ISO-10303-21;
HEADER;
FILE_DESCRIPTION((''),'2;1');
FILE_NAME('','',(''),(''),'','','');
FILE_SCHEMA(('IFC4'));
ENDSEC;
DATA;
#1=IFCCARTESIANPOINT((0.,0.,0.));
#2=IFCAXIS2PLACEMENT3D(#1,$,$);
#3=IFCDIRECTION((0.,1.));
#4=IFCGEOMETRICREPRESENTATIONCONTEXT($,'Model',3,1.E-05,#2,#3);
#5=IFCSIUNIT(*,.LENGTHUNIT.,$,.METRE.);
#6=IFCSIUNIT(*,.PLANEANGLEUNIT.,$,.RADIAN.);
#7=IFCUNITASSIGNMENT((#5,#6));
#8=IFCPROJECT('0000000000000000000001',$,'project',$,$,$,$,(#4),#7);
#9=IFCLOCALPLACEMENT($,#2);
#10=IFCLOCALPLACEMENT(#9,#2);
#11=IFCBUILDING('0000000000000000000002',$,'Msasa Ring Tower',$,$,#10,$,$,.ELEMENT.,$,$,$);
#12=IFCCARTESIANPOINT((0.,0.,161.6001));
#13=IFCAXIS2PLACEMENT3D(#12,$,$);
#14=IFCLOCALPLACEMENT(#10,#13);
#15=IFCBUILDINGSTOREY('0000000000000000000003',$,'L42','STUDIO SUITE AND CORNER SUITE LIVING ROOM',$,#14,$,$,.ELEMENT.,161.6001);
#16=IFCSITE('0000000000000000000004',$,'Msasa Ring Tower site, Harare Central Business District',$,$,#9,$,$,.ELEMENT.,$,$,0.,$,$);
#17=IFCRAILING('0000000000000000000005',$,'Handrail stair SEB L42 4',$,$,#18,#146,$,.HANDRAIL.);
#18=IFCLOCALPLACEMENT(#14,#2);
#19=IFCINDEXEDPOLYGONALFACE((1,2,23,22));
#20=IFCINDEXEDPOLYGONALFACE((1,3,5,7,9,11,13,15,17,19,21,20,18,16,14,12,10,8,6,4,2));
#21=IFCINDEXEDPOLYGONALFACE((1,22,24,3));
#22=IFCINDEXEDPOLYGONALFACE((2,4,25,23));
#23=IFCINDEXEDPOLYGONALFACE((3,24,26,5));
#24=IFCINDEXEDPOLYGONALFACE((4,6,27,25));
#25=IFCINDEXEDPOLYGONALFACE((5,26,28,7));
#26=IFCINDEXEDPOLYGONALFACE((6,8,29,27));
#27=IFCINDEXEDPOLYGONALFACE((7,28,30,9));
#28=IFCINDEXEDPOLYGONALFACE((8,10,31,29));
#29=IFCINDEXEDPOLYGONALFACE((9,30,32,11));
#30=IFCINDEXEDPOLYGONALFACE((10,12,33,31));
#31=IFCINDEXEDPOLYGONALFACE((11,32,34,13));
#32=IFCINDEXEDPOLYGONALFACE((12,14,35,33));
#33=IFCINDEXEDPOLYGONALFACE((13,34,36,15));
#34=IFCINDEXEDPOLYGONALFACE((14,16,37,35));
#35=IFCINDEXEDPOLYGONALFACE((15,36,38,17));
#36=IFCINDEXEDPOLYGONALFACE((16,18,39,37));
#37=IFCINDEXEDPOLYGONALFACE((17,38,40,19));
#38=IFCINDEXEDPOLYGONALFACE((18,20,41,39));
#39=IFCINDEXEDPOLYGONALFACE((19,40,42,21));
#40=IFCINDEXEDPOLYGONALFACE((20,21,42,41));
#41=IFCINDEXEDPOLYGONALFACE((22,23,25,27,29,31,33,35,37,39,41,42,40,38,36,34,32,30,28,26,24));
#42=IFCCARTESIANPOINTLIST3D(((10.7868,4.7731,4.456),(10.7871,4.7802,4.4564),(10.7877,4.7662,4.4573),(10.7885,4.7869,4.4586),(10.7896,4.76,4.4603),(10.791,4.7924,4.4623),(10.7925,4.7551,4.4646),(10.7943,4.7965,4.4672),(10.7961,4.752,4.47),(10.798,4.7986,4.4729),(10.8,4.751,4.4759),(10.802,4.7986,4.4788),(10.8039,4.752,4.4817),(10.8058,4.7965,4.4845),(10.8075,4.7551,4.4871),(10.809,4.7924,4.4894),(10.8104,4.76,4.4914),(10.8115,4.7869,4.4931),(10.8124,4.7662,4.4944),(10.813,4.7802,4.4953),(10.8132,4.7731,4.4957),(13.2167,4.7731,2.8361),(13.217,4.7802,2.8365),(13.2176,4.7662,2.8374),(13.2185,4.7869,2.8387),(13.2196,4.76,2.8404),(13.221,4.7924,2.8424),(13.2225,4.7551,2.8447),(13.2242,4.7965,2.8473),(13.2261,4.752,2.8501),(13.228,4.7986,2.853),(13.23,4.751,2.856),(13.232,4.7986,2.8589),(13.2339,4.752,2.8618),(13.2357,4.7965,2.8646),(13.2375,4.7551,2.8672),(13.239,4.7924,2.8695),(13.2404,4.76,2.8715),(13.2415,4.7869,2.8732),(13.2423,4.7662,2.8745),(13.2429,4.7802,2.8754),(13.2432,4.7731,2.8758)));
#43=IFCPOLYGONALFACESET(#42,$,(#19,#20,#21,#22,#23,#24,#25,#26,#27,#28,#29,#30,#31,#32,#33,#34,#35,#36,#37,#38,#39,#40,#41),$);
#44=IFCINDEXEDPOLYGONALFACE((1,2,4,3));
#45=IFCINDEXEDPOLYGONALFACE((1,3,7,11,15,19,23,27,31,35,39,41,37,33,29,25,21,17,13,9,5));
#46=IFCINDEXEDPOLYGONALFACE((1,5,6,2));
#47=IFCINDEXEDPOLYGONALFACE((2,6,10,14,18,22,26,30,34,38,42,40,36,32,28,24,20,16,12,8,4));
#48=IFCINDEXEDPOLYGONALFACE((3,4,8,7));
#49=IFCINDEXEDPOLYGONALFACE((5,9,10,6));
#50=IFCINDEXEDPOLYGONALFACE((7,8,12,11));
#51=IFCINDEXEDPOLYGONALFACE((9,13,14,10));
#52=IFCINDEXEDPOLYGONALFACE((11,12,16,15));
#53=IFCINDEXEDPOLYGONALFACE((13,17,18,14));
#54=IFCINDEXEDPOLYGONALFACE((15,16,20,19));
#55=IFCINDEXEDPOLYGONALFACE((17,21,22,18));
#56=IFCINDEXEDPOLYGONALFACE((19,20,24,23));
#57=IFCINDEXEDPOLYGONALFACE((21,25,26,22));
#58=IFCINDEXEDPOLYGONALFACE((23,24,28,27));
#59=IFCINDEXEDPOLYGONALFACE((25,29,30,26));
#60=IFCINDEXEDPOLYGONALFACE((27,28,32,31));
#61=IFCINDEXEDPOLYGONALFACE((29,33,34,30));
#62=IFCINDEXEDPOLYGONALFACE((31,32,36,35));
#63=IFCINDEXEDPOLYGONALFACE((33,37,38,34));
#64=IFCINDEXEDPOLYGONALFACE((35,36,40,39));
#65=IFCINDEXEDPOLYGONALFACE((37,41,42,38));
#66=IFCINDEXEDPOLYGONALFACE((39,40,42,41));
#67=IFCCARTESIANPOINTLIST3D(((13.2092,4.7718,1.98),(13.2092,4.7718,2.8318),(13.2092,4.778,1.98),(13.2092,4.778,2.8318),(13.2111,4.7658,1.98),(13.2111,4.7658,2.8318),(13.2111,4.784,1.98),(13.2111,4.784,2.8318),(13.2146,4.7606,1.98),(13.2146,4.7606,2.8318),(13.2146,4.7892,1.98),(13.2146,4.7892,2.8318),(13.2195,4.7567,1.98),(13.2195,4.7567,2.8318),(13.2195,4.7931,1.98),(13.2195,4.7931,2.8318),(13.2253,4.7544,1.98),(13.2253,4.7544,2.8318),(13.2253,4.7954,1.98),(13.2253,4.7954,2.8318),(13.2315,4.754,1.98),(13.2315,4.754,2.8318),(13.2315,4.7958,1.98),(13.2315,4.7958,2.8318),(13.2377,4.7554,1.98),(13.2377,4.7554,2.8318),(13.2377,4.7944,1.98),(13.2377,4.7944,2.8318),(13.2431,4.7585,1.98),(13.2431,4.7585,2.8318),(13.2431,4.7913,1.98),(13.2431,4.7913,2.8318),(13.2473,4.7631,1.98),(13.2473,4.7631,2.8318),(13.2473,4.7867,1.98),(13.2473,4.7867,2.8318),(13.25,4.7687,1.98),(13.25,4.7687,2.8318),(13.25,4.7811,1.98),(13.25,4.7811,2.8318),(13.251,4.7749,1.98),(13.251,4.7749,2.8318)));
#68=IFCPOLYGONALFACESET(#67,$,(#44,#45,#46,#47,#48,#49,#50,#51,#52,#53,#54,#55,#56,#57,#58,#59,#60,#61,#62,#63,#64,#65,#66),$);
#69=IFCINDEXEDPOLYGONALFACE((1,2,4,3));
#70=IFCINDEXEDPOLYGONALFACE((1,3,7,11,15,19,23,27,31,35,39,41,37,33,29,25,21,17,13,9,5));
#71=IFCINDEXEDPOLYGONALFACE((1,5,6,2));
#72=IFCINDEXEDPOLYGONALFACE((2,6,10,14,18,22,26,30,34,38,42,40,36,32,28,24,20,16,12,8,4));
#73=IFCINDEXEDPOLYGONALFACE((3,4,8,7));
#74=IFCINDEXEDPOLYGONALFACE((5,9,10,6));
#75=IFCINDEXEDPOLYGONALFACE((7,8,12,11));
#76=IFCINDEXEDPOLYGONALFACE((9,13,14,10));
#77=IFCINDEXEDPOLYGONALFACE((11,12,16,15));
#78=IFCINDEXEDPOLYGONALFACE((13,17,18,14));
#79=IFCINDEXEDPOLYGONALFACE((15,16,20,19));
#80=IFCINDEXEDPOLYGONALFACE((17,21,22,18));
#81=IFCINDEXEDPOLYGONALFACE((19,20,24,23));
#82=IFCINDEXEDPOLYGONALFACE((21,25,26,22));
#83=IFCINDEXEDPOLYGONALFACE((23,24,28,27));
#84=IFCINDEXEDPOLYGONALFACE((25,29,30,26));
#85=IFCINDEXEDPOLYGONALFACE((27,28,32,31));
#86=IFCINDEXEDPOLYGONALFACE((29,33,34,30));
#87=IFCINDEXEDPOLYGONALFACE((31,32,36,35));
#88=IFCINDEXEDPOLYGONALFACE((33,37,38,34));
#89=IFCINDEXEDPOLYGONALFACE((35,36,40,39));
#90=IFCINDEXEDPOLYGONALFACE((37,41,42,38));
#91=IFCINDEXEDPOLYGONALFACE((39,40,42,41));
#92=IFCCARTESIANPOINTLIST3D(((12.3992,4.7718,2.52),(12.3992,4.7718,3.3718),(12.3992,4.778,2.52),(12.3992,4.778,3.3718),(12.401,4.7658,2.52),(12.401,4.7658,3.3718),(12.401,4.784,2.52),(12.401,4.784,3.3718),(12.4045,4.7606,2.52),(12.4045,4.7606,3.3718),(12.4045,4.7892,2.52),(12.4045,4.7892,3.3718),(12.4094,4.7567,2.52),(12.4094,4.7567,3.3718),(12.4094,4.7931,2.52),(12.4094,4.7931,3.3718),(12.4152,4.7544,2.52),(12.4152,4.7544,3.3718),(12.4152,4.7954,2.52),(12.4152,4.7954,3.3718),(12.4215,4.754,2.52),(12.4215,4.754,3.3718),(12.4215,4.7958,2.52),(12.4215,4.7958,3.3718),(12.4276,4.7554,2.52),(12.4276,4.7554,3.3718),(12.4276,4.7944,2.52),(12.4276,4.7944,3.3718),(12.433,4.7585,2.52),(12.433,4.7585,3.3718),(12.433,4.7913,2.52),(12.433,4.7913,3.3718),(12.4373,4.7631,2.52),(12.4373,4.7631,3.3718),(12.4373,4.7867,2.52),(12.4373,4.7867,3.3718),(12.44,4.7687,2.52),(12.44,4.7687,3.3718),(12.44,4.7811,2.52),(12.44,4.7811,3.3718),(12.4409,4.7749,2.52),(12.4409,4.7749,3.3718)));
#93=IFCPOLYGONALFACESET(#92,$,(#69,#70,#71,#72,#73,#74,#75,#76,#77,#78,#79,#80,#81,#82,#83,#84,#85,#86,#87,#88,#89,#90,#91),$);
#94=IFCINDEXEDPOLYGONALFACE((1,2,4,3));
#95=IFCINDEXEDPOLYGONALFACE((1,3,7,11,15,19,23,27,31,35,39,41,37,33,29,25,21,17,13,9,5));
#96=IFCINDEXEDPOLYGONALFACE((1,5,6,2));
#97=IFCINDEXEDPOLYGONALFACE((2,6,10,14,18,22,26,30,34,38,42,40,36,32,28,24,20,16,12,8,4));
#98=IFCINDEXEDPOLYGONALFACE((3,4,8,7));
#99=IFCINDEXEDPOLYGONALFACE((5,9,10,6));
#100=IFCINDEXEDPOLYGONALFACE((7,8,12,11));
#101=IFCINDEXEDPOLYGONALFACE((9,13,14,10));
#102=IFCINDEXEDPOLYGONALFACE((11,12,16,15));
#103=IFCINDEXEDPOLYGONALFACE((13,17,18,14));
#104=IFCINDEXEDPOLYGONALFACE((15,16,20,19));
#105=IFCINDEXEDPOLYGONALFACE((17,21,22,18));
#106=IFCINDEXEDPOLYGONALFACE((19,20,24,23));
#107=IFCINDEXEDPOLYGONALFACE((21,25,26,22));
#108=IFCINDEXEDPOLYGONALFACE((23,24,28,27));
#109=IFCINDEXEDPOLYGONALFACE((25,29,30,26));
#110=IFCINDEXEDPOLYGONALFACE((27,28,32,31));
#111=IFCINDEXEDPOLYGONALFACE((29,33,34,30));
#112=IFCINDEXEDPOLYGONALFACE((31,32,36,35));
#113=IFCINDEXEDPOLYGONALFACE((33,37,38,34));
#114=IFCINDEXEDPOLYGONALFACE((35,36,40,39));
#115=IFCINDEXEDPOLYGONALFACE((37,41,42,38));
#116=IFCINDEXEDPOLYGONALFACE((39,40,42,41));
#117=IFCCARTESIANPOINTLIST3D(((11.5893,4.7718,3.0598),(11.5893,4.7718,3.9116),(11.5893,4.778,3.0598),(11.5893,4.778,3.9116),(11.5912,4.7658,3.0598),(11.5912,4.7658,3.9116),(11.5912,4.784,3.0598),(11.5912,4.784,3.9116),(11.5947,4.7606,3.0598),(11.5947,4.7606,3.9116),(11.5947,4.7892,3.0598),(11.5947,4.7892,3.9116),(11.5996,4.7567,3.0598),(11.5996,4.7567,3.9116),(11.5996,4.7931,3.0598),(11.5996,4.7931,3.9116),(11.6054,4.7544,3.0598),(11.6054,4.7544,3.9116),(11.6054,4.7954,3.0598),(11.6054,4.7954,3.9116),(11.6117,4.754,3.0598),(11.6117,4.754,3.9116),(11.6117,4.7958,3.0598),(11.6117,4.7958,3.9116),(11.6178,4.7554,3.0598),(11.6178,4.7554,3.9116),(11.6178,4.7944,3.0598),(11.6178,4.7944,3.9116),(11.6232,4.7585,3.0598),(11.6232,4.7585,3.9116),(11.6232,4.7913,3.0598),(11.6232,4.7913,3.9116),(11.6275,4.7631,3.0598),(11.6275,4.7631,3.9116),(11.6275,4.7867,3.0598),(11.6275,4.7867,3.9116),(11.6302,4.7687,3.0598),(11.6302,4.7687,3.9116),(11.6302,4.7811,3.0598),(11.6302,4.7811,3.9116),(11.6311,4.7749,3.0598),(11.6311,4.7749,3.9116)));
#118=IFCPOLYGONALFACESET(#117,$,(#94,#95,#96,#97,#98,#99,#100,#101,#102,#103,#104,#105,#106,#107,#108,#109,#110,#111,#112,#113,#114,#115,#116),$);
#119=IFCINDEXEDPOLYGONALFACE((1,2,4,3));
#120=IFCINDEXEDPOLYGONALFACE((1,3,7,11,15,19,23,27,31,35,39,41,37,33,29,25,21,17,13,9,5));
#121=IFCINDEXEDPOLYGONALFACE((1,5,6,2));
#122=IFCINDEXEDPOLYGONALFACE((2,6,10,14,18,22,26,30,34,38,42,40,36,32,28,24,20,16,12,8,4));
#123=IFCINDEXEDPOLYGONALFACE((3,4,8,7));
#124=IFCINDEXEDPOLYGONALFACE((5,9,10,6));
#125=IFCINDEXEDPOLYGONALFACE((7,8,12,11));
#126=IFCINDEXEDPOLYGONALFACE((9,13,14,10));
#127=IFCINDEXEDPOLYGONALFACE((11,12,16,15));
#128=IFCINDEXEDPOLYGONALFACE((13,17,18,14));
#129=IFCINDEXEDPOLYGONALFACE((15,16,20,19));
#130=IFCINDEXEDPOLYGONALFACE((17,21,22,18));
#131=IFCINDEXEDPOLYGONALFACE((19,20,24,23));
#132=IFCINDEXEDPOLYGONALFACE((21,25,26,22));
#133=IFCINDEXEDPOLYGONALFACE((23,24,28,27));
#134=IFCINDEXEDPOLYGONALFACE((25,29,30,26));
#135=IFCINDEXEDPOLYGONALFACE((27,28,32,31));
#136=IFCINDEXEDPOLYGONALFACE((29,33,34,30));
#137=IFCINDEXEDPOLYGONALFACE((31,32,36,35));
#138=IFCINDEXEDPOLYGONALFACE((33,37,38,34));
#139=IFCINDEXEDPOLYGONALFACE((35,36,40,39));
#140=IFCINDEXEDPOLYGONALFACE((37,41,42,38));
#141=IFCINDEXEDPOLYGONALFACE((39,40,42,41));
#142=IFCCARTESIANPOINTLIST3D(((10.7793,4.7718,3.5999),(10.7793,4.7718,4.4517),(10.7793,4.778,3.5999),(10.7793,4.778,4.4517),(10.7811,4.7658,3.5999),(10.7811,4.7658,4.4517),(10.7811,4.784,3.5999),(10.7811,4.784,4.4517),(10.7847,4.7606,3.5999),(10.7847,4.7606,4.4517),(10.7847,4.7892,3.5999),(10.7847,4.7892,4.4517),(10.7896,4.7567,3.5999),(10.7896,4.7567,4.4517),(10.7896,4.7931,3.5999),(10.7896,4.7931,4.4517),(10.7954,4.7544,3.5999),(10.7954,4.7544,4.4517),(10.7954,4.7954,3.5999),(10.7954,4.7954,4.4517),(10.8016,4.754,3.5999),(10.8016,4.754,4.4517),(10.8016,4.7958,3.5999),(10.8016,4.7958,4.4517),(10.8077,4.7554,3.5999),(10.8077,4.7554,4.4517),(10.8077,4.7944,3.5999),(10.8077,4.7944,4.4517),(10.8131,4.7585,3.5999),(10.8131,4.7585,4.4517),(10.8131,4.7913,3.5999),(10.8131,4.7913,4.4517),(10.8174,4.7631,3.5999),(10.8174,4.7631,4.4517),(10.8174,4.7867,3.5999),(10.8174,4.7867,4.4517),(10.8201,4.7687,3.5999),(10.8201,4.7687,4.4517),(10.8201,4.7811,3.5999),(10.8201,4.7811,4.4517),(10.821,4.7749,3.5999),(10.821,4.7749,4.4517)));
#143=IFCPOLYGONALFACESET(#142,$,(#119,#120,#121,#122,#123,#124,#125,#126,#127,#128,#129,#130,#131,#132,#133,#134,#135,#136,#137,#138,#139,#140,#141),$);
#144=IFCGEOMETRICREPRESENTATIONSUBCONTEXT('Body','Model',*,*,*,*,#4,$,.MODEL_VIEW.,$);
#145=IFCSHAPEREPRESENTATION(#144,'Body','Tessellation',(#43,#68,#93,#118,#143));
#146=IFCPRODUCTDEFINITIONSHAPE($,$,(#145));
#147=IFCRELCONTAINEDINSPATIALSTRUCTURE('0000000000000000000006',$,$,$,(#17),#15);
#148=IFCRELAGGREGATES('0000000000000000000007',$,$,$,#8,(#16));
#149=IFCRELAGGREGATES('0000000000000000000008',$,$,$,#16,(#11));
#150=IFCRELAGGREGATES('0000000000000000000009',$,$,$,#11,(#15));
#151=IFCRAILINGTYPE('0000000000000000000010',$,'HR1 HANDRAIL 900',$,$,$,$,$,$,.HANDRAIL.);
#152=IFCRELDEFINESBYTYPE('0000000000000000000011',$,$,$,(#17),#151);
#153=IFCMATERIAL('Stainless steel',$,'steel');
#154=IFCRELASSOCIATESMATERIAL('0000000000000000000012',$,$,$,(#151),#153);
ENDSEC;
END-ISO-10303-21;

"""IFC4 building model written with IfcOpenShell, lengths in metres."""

from ifc_helpers import new_model, si_unit, direction, frame, origin, origin_2d, place, context, subcontext, project, spatial, circle, extrude, material, type_object, element, save


model = new_model("IFC4")

# Units and contexts
model_context = context("Model", 3, precision=1e-05, world=origin(), true_north=direction((0.0, 1.0)))
body_context = subcontext(model_context, "Body", "Model", "MODEL_VIEW")
ifc_project = project(units=[si_unit("LENGTHUNIT", "METRE"), si_unit("PLANEANGLEUNIT", "RADIAN")], contexts=[model_context])

# Site, building, storey
site_placement = place(None, origin())
site = spatial("IfcSite", under=ifc_project, at=site_placement, Name="Msasa Ring Tower site, Harare Central Business District", CompositionType="ELEMENT", RefElevation=0.0)
building_placement = place(site_placement, origin())
building = spatial("IfcBuilding", under=site, at=building_placement, Name="Msasa Ring Tower", CompositionType="ELEMENT")
storey_placement = place(building_placement, frame((0.0, 0.0, 161.6001)))
storey = spatial("IfcBuildingStorey", under=building, at=storey_placement, Name="L42", Description="STUDIO SUITE AND CORNER SUITE LIVING ROOM", CompositionType="ELEMENT", Elevation=161.6001)

# Railing
ifc_material_1 = material(Name="Stainless steel", Category="steel")
railing_type = type_object("IfcRailingType", Name="HR1 HANDRAIL 900", PredefinedType="HANDRAIL", material=ifc_material_1)
for number, where, name in (
    (1, (13.23, 4.7749, 1.98), "Handrail stair SEB L42 4"),
):
    element("IfcRailing", number, at=place(storey_placement, frame(where)), inside=storey, type_object=railing_type, Name=name, PredefinedType="HANDRAIL", context=body_context, shape_type="SweptSolid", body=[
        extrude(circle(Radius=0.0239, at=origin_2d()), frame((0.0, 0.0, 0.876), z_axis=(-0.832063, 0.0, 0.554681), x_axis=(0.0, -1.0, 0.0)), (0.0, 0.0, 1.0), 2.9204),
        extrude(circle(Radius=0.021, at=origin_2d()), origin(), (0.0, 0.0, 1.0), 0.8518),
        extrude(circle(Radius=0.021, at=origin_2d()), frame((-0.8101, 0.0, 0.54)), (0.0, 0.0, 1.0), 0.8518),
        extrude(circle(Radius=0.021, at=origin_2d()), frame((-1.6199, 0.0, 1.0798)), (0.0, 0.0, 1.0), 0.8518),
        extrude(circle(Radius=0.021, at=origin_2d()), frame((-2.4299, 0.0, 1.6199)), (0.0, 0.0, 1.0), 0.8518),
    ])

save(model, "model.ifc")
